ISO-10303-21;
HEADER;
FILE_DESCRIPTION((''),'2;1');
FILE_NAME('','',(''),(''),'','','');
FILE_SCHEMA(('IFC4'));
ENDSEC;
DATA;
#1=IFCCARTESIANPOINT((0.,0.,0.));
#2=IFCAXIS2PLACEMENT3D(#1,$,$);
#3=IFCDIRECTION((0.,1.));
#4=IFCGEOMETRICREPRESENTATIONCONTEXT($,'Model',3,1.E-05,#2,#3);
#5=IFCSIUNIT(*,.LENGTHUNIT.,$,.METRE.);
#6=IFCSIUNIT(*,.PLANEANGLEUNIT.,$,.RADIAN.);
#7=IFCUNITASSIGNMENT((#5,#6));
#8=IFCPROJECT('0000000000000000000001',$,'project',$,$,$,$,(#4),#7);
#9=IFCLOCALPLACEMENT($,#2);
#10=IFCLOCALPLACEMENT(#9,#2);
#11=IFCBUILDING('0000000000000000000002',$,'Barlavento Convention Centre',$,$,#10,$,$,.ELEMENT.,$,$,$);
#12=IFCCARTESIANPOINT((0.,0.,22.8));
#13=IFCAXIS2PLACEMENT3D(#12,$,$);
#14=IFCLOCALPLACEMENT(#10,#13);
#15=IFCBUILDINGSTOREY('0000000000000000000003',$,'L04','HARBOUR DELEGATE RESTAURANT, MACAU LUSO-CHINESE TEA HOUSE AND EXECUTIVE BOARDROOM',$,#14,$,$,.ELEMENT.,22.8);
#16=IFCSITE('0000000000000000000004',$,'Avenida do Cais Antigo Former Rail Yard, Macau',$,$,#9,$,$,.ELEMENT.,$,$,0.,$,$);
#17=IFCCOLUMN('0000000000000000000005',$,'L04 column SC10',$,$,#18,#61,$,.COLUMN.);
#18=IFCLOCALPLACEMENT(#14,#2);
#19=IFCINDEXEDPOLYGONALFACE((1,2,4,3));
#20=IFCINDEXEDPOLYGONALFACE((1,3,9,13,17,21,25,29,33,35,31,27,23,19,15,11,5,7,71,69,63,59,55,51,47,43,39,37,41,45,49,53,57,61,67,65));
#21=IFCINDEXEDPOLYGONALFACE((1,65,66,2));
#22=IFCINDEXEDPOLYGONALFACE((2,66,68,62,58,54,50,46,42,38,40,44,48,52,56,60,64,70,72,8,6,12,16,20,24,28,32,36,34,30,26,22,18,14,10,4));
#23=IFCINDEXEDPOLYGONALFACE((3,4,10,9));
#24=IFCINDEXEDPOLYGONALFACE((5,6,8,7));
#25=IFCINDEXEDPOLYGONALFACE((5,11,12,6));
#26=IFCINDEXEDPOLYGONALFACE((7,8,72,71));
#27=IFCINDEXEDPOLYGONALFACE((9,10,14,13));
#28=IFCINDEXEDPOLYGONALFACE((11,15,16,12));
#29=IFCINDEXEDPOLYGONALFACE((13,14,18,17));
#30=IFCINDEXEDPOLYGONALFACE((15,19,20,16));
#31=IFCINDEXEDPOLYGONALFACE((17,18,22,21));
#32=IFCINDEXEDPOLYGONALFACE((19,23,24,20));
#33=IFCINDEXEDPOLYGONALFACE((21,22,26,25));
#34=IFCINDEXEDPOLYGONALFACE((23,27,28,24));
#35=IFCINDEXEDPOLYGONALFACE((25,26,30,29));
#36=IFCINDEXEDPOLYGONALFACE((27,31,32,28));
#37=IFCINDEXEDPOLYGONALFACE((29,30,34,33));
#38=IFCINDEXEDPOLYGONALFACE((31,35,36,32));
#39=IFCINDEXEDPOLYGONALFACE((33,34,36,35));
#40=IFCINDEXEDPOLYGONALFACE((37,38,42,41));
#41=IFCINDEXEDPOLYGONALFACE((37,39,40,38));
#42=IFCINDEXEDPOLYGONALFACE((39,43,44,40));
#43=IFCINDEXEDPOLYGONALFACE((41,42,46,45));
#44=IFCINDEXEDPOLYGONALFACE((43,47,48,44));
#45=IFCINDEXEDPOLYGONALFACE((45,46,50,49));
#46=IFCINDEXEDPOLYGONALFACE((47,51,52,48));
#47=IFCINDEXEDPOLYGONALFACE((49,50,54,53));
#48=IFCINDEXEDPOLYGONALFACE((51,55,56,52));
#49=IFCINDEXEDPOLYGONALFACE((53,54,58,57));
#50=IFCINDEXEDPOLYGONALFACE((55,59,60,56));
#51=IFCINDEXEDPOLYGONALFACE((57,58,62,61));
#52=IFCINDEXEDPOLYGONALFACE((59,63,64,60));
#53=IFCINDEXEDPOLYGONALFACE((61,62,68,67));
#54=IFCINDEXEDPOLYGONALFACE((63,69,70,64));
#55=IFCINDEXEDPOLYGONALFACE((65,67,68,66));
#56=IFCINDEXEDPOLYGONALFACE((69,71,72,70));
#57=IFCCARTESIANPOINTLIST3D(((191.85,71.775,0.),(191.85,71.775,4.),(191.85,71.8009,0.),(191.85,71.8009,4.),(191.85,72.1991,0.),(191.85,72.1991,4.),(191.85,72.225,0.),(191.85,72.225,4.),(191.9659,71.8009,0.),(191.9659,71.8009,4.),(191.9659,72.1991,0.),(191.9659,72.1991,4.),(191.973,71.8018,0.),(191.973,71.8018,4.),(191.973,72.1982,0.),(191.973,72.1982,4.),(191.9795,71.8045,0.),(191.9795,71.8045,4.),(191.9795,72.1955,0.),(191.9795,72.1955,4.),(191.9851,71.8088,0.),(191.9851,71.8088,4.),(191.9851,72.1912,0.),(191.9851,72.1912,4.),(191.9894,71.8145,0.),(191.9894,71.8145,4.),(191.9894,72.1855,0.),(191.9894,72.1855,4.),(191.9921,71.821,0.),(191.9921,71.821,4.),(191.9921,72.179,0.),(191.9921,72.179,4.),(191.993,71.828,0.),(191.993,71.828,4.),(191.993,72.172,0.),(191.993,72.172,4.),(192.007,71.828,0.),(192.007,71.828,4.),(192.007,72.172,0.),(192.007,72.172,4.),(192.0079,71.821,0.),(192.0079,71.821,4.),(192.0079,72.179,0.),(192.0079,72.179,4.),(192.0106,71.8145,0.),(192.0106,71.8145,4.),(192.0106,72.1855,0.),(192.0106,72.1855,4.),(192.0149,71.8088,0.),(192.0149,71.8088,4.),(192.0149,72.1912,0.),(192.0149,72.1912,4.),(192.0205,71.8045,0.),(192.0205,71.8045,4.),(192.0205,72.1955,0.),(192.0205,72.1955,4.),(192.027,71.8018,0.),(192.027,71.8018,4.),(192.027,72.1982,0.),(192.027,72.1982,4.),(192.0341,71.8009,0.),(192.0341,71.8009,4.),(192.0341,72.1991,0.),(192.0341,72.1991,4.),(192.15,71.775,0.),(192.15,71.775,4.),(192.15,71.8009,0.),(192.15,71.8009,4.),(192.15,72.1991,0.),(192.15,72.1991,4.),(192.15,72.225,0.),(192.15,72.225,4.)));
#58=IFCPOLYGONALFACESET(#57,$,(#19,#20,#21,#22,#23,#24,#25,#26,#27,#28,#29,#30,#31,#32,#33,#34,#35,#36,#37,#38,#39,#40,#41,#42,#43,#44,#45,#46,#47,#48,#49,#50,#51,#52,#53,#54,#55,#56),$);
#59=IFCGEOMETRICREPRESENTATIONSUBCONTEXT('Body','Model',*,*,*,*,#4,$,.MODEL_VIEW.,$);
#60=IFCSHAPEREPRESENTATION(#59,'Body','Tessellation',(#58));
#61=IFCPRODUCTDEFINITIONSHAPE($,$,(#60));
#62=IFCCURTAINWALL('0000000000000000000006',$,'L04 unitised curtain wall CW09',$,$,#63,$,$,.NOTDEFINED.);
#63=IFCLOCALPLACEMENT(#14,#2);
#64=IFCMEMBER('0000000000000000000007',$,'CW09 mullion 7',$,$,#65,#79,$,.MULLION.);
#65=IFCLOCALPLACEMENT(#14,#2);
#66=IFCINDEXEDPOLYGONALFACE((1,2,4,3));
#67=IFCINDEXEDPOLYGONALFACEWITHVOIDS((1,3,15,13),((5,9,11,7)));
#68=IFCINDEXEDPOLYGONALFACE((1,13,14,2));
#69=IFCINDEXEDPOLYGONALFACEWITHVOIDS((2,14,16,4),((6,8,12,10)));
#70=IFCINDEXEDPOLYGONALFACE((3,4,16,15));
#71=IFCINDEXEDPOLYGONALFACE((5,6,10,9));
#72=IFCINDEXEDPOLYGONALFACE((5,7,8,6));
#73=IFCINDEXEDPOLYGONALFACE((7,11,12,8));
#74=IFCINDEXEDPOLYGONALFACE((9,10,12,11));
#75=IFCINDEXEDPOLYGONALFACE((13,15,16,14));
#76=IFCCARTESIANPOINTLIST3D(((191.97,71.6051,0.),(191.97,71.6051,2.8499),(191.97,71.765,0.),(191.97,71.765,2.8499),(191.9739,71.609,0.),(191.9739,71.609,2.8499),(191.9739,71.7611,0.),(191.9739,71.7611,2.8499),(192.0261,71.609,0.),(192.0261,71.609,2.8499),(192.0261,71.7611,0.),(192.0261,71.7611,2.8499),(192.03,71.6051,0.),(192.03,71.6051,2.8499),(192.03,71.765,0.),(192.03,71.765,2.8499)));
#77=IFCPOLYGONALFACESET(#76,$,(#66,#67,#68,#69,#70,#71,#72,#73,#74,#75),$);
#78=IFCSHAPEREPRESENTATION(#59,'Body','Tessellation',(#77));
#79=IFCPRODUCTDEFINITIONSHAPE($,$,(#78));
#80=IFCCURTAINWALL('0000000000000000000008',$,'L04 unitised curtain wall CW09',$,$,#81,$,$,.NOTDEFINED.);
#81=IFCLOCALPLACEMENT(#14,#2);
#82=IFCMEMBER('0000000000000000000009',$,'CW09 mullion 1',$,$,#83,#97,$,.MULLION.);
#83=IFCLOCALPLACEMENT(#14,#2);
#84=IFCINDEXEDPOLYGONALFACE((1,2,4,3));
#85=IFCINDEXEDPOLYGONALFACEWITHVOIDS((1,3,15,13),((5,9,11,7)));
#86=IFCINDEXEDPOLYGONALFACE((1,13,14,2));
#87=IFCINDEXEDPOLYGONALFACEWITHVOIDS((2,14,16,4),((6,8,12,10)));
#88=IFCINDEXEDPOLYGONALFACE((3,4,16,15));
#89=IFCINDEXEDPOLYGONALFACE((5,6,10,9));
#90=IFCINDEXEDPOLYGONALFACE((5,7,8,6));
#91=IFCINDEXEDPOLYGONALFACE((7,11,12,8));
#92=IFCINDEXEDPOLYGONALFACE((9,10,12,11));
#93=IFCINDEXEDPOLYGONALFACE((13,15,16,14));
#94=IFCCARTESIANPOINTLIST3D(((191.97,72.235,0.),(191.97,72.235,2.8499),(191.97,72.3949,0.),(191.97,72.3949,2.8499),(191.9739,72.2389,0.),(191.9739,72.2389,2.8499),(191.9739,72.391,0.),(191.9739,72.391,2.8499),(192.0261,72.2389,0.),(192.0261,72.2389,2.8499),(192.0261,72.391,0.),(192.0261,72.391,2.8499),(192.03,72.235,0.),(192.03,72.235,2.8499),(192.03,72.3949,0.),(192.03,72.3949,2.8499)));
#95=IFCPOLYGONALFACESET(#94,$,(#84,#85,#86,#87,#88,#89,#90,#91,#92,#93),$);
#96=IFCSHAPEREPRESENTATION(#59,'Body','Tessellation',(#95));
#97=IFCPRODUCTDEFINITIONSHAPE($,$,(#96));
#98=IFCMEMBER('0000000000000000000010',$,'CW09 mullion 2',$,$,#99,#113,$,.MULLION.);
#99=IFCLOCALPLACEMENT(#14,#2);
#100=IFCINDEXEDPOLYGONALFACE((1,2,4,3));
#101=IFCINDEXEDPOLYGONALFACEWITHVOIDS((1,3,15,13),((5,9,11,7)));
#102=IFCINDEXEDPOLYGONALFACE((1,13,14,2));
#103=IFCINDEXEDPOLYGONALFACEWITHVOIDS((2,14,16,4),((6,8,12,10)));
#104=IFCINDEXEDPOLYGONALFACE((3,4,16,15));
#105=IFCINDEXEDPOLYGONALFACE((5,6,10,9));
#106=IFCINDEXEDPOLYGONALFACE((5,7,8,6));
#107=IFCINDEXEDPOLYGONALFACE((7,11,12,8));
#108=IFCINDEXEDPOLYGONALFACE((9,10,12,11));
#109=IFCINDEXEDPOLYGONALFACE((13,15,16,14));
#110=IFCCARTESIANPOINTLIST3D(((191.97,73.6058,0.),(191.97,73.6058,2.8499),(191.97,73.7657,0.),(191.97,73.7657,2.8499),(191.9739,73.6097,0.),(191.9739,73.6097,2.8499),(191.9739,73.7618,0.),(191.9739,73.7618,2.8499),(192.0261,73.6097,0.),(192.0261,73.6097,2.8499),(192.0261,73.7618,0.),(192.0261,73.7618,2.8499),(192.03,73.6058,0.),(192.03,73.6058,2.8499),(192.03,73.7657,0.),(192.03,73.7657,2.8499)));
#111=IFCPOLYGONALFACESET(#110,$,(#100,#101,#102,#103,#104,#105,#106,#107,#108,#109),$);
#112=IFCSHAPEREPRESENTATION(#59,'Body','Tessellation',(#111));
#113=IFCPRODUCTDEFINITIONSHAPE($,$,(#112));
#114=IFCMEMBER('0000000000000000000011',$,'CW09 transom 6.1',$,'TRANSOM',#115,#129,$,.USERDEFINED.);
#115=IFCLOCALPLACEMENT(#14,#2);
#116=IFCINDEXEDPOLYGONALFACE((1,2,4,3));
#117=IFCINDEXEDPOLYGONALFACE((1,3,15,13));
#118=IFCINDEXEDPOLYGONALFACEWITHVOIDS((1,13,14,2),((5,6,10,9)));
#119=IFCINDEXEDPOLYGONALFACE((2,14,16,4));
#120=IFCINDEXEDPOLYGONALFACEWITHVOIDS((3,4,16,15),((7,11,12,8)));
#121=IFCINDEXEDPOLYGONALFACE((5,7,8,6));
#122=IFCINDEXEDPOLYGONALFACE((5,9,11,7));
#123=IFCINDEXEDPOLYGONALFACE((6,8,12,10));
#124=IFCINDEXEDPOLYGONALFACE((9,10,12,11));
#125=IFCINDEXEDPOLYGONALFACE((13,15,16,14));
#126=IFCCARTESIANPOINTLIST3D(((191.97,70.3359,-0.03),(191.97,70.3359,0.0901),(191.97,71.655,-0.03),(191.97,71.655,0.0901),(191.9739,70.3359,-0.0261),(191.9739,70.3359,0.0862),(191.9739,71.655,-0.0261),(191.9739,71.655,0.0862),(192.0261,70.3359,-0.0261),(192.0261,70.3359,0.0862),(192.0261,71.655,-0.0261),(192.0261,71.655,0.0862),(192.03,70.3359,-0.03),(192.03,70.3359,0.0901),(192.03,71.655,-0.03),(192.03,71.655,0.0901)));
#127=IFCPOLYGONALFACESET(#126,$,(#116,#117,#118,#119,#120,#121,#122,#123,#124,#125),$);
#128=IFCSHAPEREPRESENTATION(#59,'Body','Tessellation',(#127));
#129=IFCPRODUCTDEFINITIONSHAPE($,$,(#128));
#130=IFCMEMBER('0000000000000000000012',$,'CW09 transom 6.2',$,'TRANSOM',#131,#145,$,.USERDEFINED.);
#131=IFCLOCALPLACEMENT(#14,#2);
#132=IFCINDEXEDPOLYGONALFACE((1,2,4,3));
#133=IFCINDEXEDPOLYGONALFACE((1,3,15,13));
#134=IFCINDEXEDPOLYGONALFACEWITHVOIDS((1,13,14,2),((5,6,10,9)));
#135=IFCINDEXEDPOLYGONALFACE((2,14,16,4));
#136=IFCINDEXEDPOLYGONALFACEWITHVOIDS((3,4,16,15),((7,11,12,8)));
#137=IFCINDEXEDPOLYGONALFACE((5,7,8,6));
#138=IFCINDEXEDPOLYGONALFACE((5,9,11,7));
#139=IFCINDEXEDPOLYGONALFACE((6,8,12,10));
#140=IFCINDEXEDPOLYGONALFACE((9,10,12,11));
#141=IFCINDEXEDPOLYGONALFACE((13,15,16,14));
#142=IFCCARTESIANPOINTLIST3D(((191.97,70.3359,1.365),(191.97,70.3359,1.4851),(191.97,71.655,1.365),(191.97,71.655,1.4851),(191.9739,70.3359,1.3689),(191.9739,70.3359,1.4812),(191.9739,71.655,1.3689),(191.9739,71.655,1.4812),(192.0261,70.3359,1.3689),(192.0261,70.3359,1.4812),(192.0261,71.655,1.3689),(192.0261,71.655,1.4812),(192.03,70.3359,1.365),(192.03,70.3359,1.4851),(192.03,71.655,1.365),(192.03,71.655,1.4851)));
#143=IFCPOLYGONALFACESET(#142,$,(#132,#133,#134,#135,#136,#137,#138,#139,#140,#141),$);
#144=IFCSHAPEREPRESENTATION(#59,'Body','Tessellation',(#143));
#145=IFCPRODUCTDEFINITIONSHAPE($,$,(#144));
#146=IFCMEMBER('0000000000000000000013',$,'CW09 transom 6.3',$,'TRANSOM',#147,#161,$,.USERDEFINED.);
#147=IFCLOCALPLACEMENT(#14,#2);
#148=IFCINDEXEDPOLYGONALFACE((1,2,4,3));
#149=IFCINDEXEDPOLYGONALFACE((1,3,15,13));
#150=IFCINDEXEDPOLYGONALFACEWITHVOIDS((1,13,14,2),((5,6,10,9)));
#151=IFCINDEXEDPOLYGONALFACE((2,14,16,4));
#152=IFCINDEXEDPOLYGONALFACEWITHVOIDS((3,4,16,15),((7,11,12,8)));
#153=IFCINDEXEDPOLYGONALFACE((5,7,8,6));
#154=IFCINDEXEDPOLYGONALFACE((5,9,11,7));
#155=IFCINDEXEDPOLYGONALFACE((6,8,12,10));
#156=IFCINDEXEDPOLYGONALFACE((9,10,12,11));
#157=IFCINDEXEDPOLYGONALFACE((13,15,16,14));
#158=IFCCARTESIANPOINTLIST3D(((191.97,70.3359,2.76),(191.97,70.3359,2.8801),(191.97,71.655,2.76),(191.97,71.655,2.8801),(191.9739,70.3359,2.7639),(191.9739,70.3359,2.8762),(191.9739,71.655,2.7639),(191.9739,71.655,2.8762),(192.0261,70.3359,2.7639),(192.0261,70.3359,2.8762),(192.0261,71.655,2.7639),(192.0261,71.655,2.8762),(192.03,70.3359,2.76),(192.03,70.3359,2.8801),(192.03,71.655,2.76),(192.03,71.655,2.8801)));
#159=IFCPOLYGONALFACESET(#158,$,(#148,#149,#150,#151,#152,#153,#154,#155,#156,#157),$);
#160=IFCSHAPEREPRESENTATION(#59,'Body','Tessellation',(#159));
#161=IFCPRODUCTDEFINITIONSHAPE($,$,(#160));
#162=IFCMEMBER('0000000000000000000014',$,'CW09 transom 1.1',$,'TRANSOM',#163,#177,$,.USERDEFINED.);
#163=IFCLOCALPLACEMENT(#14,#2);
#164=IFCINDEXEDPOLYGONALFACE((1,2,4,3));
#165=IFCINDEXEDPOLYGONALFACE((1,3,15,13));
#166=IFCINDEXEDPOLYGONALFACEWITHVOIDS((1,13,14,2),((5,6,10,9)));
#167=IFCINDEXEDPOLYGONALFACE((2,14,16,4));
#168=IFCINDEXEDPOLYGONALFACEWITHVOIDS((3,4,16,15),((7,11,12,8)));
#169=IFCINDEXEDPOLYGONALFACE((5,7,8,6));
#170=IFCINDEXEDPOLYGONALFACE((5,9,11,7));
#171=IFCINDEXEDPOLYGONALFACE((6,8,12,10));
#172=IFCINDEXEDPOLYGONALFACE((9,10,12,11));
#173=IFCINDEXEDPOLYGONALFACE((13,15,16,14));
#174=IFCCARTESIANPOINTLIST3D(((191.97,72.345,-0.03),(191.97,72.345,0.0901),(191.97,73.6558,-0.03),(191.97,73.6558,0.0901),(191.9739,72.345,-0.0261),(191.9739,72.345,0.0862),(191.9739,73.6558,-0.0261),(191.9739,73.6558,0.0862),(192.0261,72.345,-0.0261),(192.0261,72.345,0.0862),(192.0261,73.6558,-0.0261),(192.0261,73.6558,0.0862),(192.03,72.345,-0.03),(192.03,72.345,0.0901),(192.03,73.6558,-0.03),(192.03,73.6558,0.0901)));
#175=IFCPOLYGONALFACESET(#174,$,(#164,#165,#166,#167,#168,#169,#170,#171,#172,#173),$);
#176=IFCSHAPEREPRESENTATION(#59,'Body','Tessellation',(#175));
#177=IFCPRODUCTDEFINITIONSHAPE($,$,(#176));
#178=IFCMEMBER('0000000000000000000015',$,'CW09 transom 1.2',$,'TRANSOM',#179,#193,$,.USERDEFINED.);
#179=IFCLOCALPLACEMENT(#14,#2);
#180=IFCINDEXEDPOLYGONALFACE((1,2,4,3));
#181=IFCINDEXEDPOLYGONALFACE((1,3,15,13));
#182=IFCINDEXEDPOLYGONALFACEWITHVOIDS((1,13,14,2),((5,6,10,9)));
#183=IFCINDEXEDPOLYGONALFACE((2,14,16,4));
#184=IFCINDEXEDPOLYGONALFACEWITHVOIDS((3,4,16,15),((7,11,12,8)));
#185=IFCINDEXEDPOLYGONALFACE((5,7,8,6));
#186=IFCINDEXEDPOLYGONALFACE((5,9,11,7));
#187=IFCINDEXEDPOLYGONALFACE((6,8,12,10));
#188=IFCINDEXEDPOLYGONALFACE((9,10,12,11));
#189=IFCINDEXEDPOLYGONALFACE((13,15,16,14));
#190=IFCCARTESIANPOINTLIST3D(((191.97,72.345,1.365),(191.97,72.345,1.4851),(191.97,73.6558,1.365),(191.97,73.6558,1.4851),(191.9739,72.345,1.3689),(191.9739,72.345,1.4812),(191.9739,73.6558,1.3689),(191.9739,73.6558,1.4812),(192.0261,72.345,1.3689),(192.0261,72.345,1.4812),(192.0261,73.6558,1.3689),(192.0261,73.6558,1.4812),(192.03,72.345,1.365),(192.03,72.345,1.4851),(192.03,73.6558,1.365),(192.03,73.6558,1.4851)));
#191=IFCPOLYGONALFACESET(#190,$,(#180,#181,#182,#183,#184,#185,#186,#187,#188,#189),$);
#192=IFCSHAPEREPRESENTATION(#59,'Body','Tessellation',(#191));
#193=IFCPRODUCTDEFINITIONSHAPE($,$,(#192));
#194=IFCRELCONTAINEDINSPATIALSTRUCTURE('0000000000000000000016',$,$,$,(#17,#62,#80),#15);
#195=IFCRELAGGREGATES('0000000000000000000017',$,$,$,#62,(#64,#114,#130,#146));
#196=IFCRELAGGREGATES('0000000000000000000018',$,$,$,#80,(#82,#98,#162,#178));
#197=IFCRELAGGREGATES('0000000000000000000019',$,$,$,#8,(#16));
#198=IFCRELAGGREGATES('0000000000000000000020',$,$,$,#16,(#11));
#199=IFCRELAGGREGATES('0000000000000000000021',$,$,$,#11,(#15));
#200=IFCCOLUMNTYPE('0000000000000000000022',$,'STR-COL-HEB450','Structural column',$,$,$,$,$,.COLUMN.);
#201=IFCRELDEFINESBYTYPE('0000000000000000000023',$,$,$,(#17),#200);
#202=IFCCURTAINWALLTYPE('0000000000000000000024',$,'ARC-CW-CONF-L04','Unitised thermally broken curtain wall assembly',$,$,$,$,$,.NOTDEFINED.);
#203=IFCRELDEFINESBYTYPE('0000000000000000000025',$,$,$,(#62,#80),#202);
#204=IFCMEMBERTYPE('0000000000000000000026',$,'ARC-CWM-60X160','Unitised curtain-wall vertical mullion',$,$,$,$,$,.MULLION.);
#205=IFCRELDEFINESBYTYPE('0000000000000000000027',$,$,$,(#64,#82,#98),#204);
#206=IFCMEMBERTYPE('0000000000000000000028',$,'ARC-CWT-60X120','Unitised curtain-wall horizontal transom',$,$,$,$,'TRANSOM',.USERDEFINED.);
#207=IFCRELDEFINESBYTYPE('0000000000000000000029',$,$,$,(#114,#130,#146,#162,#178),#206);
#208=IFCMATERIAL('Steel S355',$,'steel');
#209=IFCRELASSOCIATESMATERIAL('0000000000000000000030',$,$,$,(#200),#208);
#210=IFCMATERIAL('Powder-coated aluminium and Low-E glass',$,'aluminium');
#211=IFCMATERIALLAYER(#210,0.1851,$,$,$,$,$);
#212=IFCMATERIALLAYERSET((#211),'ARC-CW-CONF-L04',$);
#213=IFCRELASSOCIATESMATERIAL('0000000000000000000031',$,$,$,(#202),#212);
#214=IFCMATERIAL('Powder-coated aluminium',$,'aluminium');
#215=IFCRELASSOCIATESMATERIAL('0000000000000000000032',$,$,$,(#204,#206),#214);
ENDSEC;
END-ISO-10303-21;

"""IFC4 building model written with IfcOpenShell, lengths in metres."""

from ifc_helpers import new_model, si_unit, direction, frame, origin, origin_2d, place, context, subcontext, project, spatial, hollow_rectangle, i_section, extrude, material, layer, layer_set, material_profile, profile_set, type_object, element, aggregate, save


model = new_model("IFC4")

# Units and contexts
model_context = context("Model", 3, precision=1e-05, world=origin(), true_north=direction((0.0, 1.0)))
body_context = subcontext(model_context, "Body", "Model", "MODEL_VIEW")
ifc_project = project(units=[si_unit("LENGTHUNIT", "METRE"), si_unit("PLANEANGLEUNIT", "RADIAN")], contexts=[model_context])

# Site, building, storey
site_placement = place(None, origin())
site = spatial("IfcSite", under=ifc_project, at=site_placement, Name="Avenida do Cais Antigo Former Rail Yard, Macau", CompositionType="ELEMENT", RefElevation=0.0)
building_placement = place(site_placement, origin())
building = spatial("IfcBuilding", under=site, at=building_placement, Name="Barlavento Convention Centre", CompositionType="ELEMENT")
storey_placement = place(building_placement, frame((0.0, 0.0, 22.8)))
storey = spatial("IfcBuildingStorey", under=building, at=storey_placement, Name="L04", Description="HARBOUR DELEGATE RESTAURANT, MACAU LUSO-CHINESE TEA HOUSE AND EXECUTIVE BOARDROOM", CompositionType="ELEMENT", Elevation=22.8)

# Column
ifc_material_1 = material(Name="Steel S355", Category="steel")
ifc_material_profile_1 = material_profile(ifc_material_1, i_section(OverallWidth=0.3, OverallDepth=0.45, WebThickness=0.0139, FlangeThickness=0.0259, FilletRadius=0.0271, at=origin_2d()), Name="HEB 450")
ifc_profile_set_1 = profile_set([ifc_material_profile_1], Name="Steel S355")
column_type = type_object("IfcColumnType", Name="STR-COL-HEB450", Description="Structural column", PredefinedType="COLUMN", material=ifc_profile_set_1)
column_placement = place(storey_placement, frame((192.0, 72.0, 0.0), z_axis=(0.0, 0.0, 1.0), x_axis=(1.0, 0.0, 0.0)))
element("IfcColumn", 1, at=column_placement, inside=storey, type_object=column_type, Name="L04 column SC10", PredefinedType="COLUMN", context=body_context, shape_type="SweptSolid", body=[
    extrude(i_section(OverallWidth=0.3, OverallDepth=0.45, WebThickness=0.0139, FlangeThickness=0.0259, FilletRadius=0.0271, at=origin_2d()), origin(), (0.0, 0.0, 1.0), 4.0),
])

# Curtain wall, member
ifc_material_2 = material(Name="Powder-coated aluminium and Low-E glass", Category="aluminium")
ifc_layer_1 = layer(ifc_material_2, 0.1851)
ifc_layer_set_1 = layer_set([ifc_layer_1], Name="ARC-CW-CONF-L04")
curtain_wall_type = type_object("IfcCurtainWallType", Name="ARC-CW-CONF-L04", Description="Unitised thermally broken curtain wall assembly", PredefinedType="NOTDEFINED", material=ifc_layer_set_1)
curtain_wall_1_placement = place(storey_placement, origin())
curtain_wall_1 = element("IfcCurtainWall", 2, at=curtain_wall_1_placement, inside=storey, type_object=curtain_wall_type, Name="L04 unitised curtain wall CW09", PredefinedType="NOTDEFINED")
ifc_material_3 = material(Name="Powder-coated aluminium", Category="aluminium")
ifc_material_profile_2 = material_profile(ifc_material_3, hollow_rectangle(XDim=0.0601, YDim=0.1599, WallThickness=0.0039, at=origin_2d()), Name="AL-MULL 60x160x4")
ifc_profile_set_2 = profile_set([ifc_material_profile_2], Name="Powder-coated aluminium")
member_type_1 = type_object("IfcMemberType", Name="ARC-CWM-60X160", Description="Unitised curtain-wall vertical mullion", PredefinedType="MULLION", material=ifc_profile_set_2)
member_1_placement = place(storey_placement, frame((192.0, 71.6851, 0.0), z_axis=(0.0, 0.0, 1.0), x_axis=(-1.0, 0.0, 0.0)))
member_1 = element("IfcMember", 3, at=member_1_placement, type_object=member_type_1, Name="CW09 mullion 7", PredefinedType="MULLION", context=body_context, shape_type="SweptSolid", body=[
    extrude(hollow_rectangle(XDim=0.0601, YDim=0.1599, WallThickness=0.0039, at=origin_2d()), origin(), (0.0, 0.0, 1.0), 2.8499),
])

# Curtain wall, members
curtain_wall_2_placement = place(storey_placement, origin())
curtain_wall_2 = element("IfcCurtainWall", 4, at=curtain_wall_2_placement, inside=storey, type_object=curtain_wall_type, Name="L04 unitised curtain wall CW09", PredefinedType="NOTDEFINED")
member_2_placement = place(storey_placement, frame((192.0, 72.3149, 0.0), z_axis=(0.0, 0.0, 1.0), x_axis=(-1.0, 0.0, 0.0)))
member_2 = element("IfcMember", 5, at=member_2_placement, type_object=member_type_1, Name="CW09 mullion 1", PredefinedType="MULLION", context=body_context, shape_type="SweptSolid", body=[
    extrude(hollow_rectangle(XDim=0.0601, YDim=0.1599, WallThickness=0.0039, at=origin_2d()), origin(), (0.0, 0.0, 1.0), 2.8499),
])
member_3_placement = place(storey_placement, frame((192.0, 73.6858, 0.0), z_axis=(0.0, 0.0, 1.0), x_axis=(-1.0, 0.0, 0.0)))
member_3 = element("IfcMember", 6, at=member_3_placement, type_object=member_type_1, Name="CW09 mullion 2", PredefinedType="MULLION", context=body_context, shape_type="SweptSolid", body=[
    extrude(hollow_rectangle(XDim=0.0601, YDim=0.1599, WallThickness=0.0039, at=origin_2d()), origin(), (0.0, 0.0, 1.0), 2.8499),
])

# Members
ifc_material_profile_3 = material_profile(ifc_material_3, hollow_rectangle(XDim=0.0601, YDim=0.1201, WallThickness=0.0039, at=origin_2d()), Name="AL-TRAN 60x120x4")
ifc_profile_set_3 = profile_set([ifc_material_profile_3], Name="Powder-coated aluminium")
member_type_2 = type_object("IfcMemberType", Name="ARC-CWT-60X120", Description="Unitised curtain-wall horizontal transom", ElementType="TRANSOM", PredefinedType="USERDEFINED", material=ifc_profile_set_3)
member_4_placement = place(storey_placement, frame((192.0, 70.3359, 0.03), z_axis=(0.0, 1.0, 0.0), x_axis=(-1.0, 0.0, 0.0)))
member_4 = element("IfcMember", 7, at=member_4_placement, type_object=member_type_2, Name="CW09 transom 6.1", ObjectType="TRANSOM", PredefinedType="USERDEFINED", context=body_context, shape_type="SweptSolid", body=[
    extrude(hollow_rectangle(XDim=0.0601, YDim=0.1201, WallThickness=0.0039, at=origin_2d()), origin(), (0.0, 0.0, 1.0), 1.3191),
])
member_5_placement = place(storey_placement, frame((192.0, 70.3359, 1.425), z_axis=(0.0, 1.0, 0.0), x_axis=(-1.0, 0.0, 0.0)))
member_5 = element("IfcMember", 8, at=member_5_placement, type_object=member_type_2, Name="CW09 transom 6.2", ObjectType="TRANSOM", PredefinedType="USERDEFINED", context=body_context, shape_type="SweptSolid", body=[
    extrude(hollow_rectangle(XDim=0.0601, YDim=0.1201, WallThickness=0.0039, at=origin_2d()), origin(), (0.0, 0.0, 1.0), 1.3191),
])
member_6_placement = place(storey_placement, frame((192.0, 70.3359, 2.8201), z_axis=(0.0, 1.0, 0.0), x_axis=(-1.0, 0.0, 0.0)))
member_6 = element("IfcMember", 9, at=member_6_placement, type_object=member_type_2, Name="CW09 transom 6.3", ObjectType="TRANSOM", PredefinedType="USERDEFINED", context=body_context, shape_type="SweptSolid", body=[
    extrude(hollow_rectangle(XDim=0.0601, YDim=0.1201, WallThickness=0.0039, at=origin_2d()), origin(), (0.0, 0.0, 1.0), 1.3191),
])
member_7_placement = place(storey_placement, frame((192.0, 72.345, 0.03), z_axis=(0.0, 1.0, 0.0), x_axis=(-1.0, 0.0, 0.0)))
member_7 = element("IfcMember", 10, at=member_7_placement, type_object=member_type_2, Name="CW09 transom 1.1", ObjectType="TRANSOM", PredefinedType="USERDEFINED", context=body_context, shape_type="SweptSolid", body=[
    extrude(hollow_rectangle(XDim=0.0601, YDim=0.1201, WallThickness=0.0039, at=origin_2d()), origin(), (0.0, 0.0, 1.0), 1.3108),
])
member_8_placement = place(storey_placement, frame((192.0, 72.345, 1.425), z_axis=(0.0, 1.0, 0.0), x_axis=(-1.0, 0.0, 0.0)))
member_8 = element("IfcMember", 11, at=member_8_placement, type_object=member_type_2, Name="CW09 transom 1.2", ObjectType="TRANSOM", PredefinedType="USERDEFINED", context=body_context, shape_type="SweptSolid", body=[
    extrude(hollow_rectangle(XDim=0.0601, YDim=0.1201, WallThickness=0.0039, at=origin_2d()), origin(), (0.0, 0.0, 1.0), 1.3108),
])

aggregate(curtain_wall_1, [member_1, member_4, member_5, member_6])
aggregate(curtain_wall_2, [member_2, member_3, member_7, member_8])

save(model, "model.ifc")
